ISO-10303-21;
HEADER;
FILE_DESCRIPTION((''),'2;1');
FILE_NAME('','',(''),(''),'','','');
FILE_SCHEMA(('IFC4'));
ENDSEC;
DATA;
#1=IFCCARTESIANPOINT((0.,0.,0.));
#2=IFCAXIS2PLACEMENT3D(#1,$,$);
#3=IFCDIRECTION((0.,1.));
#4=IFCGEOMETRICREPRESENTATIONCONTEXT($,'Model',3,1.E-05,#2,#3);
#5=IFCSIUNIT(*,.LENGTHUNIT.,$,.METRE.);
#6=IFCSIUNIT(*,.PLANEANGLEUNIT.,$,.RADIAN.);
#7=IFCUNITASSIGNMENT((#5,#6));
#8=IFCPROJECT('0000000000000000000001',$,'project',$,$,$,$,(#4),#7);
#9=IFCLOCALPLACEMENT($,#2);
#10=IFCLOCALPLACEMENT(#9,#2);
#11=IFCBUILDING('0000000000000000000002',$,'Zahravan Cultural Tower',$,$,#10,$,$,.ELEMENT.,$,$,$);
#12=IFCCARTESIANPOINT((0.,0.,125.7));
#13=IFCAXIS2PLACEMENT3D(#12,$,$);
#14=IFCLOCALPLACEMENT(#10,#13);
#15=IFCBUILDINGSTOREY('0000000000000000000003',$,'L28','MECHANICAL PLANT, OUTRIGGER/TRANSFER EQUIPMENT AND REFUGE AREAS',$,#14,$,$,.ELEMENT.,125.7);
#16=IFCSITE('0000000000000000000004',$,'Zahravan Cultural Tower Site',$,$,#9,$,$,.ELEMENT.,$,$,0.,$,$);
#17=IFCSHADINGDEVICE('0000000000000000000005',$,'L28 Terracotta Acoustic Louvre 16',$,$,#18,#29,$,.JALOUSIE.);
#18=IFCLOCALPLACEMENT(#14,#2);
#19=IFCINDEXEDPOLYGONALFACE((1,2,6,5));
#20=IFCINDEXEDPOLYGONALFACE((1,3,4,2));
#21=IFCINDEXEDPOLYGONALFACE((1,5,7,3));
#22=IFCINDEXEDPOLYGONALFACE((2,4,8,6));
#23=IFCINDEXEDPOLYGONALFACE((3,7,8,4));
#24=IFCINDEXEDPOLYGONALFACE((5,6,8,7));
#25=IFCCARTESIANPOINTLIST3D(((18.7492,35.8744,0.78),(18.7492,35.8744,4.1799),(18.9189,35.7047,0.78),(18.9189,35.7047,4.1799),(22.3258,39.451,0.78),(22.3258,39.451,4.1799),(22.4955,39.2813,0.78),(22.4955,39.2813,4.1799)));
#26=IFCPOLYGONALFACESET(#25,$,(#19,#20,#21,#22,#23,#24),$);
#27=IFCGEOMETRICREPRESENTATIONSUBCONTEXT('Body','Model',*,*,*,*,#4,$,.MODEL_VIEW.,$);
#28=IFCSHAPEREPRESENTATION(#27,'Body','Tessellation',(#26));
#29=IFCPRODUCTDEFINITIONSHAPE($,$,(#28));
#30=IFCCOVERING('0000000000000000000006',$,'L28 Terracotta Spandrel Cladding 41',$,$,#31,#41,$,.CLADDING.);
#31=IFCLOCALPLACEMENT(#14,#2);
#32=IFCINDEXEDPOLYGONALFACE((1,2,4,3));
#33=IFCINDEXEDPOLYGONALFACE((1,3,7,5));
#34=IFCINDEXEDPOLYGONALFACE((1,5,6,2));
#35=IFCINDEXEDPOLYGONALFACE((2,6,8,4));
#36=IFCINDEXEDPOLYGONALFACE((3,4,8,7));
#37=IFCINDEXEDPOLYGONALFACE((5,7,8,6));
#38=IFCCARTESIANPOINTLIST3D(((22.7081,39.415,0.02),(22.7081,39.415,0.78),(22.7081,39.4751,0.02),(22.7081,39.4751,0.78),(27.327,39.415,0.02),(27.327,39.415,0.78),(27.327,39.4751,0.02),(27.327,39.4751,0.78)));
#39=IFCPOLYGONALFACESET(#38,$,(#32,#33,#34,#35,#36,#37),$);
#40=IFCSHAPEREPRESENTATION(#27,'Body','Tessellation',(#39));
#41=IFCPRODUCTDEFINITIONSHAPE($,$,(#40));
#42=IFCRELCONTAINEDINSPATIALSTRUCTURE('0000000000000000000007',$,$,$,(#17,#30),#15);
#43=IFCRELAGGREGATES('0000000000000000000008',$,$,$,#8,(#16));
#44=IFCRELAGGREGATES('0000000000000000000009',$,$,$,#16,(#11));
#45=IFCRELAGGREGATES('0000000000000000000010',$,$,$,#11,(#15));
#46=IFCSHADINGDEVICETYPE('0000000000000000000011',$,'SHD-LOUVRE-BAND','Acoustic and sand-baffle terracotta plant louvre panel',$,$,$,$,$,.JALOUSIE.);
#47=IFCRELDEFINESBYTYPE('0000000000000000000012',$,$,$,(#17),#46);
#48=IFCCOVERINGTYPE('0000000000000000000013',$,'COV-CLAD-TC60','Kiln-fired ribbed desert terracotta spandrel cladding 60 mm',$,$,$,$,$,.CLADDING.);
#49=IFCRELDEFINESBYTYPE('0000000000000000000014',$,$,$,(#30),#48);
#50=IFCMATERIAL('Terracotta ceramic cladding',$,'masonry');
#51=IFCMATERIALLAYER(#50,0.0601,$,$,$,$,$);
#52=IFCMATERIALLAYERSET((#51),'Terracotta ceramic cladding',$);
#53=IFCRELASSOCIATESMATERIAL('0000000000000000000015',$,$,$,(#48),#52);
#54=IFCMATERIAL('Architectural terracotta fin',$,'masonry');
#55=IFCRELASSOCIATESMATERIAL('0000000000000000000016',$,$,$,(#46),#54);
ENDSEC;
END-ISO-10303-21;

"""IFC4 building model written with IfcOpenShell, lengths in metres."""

from ifc_helpers import new_model, si_unit, direction, frame, origin, origin_2d, place, context, subcontext, project, spatial, rectangle, extrude, source, transform, mapped, material, layer, layer_set, type_object, element, save


model = new_model("IFC4")

# Units and contexts
model_context = context("Model", 3, precision=1e-05, world=origin(), true_north=direction((0.0, 1.0)))
body_context = subcontext(model_context, "Body", "Model", "MODEL_VIEW")
ifc_project = project(units=[si_unit("LENGTHUNIT", "METRE"), si_unit("PLANEANGLEUNIT", "RADIAN")], contexts=[model_context])

# Site, building, storey
site_placement = place(None, origin())
site = spatial("IfcSite", under=ifc_project, at=site_placement, Name="Zahravan Cultural Tower Site", CompositionType="ELEMENT", RefElevation=0.0)
building_placement = place(site_placement, origin())
building = spatial("IfcBuilding", under=site, at=building_placement, Name="Zahravan Cultural Tower", CompositionType="ELEMENT")
storey_placement = place(building_placement, frame((0.0, 0.0, 125.7)))
storey = spatial("IfcBuildingStorey", under=building, at=storey_placement, Name="L28", Description="MECHANICAL PLANT, OUTRIGGER/TRANSFER EQUIPMENT AND REFUGE AREAS", CompositionType="ELEMENT", Elevation=125.7)

# Shared definitions
ifc_material_1 = material(Name="Terracotta ceramic cladding", Category="masonry")
ifc_layer_1 = layer(ifc_material_1, 0.0601)
ifc_layer_set_1 = layer_set([ifc_layer_1], Name="Terracotta ceramic cladding")
covering_type = type_object("IfcCoveringType", Name="COV-CLAD-TC60", Description="Kiln-fired ribbed desert terracotta spandrel cladding 60 mm", PredefinedType="CLADDING", material=ifc_layer_set_1)

# Shading device
ifc_material_2 = material(Name="Architectural terracotta fin", Category="masonry")
shading_device_type = type_object("IfcShadingDeviceType", Name="SHD-LOUVRE-BAND", Description="Acoustic and sand-baffle terracotta plant louvre panel", PredefinedType="JALOUSIE", material=ifc_material_2)
shared_shape_1 = source(origin(), body_context, "Body", "SweptSolid", [
    extrude(rectangle(XDim=5.0581, YDim=0.24, at=origin_2d()), origin(), (0.0, 0.0, 1.0), 3.3999),
])
shading_device_placement = place(storey_placement, frame((20.6223, 37.5779, 0.78), z_axis=(0.0, 0.0, 1.0), x_axis=(0.707107, 0.707107, 0.0)))
element("IfcShadingDevice", 1, at=shading_device_placement, inside=storey, type_object=shading_device_type, Name="L28 Terracotta Acoustic Louvre 16", PredefinedType="JALOUSIE", context=body_context, shape_type="MappedRepresentation", body=[
    mapped(shared_shape_1, transform((0.0, 0.0, 0.0), x_axis=(1.0, 0.0, 0.0), y_axis=(0.0, 1.0, 0.0), z_axis=(0.0, 0.0, 1.0), scale=1.0)),
])

# Covering
shared_shape_2 = source(origin(), body_context, "Body", "SweptSolid", [
    extrude(rectangle(XDim=4.6189, YDim=0.0601, at=origin_2d()), origin(), (0.0, 0.0, 1.0), 0.76),
])
covering_1_placement = place(storey_placement, frame((25.0176, 39.4451, 0.02), z_axis=(0.0, 0.0, 1.0), x_axis=(1.0, 0.0, 0.0)))
element("IfcCovering", 2, at=covering_1_placement, inside=storey, type_object=covering_type, Name="L28 Terracotta Spandrel Cladding 41", PredefinedType="CLADDING", context=body_context, shape_type="MappedRepresentation", body=[
    mapped(shared_shape_2, transform((0.0, 0.0, 0.0), x_axis=(1.0, 0.0, 0.0), y_axis=(0.0, 1.0, 0.0), z_axis=(0.0, 0.0, 1.0), scale=1.0)),
])

save(model, "model.ifc")
